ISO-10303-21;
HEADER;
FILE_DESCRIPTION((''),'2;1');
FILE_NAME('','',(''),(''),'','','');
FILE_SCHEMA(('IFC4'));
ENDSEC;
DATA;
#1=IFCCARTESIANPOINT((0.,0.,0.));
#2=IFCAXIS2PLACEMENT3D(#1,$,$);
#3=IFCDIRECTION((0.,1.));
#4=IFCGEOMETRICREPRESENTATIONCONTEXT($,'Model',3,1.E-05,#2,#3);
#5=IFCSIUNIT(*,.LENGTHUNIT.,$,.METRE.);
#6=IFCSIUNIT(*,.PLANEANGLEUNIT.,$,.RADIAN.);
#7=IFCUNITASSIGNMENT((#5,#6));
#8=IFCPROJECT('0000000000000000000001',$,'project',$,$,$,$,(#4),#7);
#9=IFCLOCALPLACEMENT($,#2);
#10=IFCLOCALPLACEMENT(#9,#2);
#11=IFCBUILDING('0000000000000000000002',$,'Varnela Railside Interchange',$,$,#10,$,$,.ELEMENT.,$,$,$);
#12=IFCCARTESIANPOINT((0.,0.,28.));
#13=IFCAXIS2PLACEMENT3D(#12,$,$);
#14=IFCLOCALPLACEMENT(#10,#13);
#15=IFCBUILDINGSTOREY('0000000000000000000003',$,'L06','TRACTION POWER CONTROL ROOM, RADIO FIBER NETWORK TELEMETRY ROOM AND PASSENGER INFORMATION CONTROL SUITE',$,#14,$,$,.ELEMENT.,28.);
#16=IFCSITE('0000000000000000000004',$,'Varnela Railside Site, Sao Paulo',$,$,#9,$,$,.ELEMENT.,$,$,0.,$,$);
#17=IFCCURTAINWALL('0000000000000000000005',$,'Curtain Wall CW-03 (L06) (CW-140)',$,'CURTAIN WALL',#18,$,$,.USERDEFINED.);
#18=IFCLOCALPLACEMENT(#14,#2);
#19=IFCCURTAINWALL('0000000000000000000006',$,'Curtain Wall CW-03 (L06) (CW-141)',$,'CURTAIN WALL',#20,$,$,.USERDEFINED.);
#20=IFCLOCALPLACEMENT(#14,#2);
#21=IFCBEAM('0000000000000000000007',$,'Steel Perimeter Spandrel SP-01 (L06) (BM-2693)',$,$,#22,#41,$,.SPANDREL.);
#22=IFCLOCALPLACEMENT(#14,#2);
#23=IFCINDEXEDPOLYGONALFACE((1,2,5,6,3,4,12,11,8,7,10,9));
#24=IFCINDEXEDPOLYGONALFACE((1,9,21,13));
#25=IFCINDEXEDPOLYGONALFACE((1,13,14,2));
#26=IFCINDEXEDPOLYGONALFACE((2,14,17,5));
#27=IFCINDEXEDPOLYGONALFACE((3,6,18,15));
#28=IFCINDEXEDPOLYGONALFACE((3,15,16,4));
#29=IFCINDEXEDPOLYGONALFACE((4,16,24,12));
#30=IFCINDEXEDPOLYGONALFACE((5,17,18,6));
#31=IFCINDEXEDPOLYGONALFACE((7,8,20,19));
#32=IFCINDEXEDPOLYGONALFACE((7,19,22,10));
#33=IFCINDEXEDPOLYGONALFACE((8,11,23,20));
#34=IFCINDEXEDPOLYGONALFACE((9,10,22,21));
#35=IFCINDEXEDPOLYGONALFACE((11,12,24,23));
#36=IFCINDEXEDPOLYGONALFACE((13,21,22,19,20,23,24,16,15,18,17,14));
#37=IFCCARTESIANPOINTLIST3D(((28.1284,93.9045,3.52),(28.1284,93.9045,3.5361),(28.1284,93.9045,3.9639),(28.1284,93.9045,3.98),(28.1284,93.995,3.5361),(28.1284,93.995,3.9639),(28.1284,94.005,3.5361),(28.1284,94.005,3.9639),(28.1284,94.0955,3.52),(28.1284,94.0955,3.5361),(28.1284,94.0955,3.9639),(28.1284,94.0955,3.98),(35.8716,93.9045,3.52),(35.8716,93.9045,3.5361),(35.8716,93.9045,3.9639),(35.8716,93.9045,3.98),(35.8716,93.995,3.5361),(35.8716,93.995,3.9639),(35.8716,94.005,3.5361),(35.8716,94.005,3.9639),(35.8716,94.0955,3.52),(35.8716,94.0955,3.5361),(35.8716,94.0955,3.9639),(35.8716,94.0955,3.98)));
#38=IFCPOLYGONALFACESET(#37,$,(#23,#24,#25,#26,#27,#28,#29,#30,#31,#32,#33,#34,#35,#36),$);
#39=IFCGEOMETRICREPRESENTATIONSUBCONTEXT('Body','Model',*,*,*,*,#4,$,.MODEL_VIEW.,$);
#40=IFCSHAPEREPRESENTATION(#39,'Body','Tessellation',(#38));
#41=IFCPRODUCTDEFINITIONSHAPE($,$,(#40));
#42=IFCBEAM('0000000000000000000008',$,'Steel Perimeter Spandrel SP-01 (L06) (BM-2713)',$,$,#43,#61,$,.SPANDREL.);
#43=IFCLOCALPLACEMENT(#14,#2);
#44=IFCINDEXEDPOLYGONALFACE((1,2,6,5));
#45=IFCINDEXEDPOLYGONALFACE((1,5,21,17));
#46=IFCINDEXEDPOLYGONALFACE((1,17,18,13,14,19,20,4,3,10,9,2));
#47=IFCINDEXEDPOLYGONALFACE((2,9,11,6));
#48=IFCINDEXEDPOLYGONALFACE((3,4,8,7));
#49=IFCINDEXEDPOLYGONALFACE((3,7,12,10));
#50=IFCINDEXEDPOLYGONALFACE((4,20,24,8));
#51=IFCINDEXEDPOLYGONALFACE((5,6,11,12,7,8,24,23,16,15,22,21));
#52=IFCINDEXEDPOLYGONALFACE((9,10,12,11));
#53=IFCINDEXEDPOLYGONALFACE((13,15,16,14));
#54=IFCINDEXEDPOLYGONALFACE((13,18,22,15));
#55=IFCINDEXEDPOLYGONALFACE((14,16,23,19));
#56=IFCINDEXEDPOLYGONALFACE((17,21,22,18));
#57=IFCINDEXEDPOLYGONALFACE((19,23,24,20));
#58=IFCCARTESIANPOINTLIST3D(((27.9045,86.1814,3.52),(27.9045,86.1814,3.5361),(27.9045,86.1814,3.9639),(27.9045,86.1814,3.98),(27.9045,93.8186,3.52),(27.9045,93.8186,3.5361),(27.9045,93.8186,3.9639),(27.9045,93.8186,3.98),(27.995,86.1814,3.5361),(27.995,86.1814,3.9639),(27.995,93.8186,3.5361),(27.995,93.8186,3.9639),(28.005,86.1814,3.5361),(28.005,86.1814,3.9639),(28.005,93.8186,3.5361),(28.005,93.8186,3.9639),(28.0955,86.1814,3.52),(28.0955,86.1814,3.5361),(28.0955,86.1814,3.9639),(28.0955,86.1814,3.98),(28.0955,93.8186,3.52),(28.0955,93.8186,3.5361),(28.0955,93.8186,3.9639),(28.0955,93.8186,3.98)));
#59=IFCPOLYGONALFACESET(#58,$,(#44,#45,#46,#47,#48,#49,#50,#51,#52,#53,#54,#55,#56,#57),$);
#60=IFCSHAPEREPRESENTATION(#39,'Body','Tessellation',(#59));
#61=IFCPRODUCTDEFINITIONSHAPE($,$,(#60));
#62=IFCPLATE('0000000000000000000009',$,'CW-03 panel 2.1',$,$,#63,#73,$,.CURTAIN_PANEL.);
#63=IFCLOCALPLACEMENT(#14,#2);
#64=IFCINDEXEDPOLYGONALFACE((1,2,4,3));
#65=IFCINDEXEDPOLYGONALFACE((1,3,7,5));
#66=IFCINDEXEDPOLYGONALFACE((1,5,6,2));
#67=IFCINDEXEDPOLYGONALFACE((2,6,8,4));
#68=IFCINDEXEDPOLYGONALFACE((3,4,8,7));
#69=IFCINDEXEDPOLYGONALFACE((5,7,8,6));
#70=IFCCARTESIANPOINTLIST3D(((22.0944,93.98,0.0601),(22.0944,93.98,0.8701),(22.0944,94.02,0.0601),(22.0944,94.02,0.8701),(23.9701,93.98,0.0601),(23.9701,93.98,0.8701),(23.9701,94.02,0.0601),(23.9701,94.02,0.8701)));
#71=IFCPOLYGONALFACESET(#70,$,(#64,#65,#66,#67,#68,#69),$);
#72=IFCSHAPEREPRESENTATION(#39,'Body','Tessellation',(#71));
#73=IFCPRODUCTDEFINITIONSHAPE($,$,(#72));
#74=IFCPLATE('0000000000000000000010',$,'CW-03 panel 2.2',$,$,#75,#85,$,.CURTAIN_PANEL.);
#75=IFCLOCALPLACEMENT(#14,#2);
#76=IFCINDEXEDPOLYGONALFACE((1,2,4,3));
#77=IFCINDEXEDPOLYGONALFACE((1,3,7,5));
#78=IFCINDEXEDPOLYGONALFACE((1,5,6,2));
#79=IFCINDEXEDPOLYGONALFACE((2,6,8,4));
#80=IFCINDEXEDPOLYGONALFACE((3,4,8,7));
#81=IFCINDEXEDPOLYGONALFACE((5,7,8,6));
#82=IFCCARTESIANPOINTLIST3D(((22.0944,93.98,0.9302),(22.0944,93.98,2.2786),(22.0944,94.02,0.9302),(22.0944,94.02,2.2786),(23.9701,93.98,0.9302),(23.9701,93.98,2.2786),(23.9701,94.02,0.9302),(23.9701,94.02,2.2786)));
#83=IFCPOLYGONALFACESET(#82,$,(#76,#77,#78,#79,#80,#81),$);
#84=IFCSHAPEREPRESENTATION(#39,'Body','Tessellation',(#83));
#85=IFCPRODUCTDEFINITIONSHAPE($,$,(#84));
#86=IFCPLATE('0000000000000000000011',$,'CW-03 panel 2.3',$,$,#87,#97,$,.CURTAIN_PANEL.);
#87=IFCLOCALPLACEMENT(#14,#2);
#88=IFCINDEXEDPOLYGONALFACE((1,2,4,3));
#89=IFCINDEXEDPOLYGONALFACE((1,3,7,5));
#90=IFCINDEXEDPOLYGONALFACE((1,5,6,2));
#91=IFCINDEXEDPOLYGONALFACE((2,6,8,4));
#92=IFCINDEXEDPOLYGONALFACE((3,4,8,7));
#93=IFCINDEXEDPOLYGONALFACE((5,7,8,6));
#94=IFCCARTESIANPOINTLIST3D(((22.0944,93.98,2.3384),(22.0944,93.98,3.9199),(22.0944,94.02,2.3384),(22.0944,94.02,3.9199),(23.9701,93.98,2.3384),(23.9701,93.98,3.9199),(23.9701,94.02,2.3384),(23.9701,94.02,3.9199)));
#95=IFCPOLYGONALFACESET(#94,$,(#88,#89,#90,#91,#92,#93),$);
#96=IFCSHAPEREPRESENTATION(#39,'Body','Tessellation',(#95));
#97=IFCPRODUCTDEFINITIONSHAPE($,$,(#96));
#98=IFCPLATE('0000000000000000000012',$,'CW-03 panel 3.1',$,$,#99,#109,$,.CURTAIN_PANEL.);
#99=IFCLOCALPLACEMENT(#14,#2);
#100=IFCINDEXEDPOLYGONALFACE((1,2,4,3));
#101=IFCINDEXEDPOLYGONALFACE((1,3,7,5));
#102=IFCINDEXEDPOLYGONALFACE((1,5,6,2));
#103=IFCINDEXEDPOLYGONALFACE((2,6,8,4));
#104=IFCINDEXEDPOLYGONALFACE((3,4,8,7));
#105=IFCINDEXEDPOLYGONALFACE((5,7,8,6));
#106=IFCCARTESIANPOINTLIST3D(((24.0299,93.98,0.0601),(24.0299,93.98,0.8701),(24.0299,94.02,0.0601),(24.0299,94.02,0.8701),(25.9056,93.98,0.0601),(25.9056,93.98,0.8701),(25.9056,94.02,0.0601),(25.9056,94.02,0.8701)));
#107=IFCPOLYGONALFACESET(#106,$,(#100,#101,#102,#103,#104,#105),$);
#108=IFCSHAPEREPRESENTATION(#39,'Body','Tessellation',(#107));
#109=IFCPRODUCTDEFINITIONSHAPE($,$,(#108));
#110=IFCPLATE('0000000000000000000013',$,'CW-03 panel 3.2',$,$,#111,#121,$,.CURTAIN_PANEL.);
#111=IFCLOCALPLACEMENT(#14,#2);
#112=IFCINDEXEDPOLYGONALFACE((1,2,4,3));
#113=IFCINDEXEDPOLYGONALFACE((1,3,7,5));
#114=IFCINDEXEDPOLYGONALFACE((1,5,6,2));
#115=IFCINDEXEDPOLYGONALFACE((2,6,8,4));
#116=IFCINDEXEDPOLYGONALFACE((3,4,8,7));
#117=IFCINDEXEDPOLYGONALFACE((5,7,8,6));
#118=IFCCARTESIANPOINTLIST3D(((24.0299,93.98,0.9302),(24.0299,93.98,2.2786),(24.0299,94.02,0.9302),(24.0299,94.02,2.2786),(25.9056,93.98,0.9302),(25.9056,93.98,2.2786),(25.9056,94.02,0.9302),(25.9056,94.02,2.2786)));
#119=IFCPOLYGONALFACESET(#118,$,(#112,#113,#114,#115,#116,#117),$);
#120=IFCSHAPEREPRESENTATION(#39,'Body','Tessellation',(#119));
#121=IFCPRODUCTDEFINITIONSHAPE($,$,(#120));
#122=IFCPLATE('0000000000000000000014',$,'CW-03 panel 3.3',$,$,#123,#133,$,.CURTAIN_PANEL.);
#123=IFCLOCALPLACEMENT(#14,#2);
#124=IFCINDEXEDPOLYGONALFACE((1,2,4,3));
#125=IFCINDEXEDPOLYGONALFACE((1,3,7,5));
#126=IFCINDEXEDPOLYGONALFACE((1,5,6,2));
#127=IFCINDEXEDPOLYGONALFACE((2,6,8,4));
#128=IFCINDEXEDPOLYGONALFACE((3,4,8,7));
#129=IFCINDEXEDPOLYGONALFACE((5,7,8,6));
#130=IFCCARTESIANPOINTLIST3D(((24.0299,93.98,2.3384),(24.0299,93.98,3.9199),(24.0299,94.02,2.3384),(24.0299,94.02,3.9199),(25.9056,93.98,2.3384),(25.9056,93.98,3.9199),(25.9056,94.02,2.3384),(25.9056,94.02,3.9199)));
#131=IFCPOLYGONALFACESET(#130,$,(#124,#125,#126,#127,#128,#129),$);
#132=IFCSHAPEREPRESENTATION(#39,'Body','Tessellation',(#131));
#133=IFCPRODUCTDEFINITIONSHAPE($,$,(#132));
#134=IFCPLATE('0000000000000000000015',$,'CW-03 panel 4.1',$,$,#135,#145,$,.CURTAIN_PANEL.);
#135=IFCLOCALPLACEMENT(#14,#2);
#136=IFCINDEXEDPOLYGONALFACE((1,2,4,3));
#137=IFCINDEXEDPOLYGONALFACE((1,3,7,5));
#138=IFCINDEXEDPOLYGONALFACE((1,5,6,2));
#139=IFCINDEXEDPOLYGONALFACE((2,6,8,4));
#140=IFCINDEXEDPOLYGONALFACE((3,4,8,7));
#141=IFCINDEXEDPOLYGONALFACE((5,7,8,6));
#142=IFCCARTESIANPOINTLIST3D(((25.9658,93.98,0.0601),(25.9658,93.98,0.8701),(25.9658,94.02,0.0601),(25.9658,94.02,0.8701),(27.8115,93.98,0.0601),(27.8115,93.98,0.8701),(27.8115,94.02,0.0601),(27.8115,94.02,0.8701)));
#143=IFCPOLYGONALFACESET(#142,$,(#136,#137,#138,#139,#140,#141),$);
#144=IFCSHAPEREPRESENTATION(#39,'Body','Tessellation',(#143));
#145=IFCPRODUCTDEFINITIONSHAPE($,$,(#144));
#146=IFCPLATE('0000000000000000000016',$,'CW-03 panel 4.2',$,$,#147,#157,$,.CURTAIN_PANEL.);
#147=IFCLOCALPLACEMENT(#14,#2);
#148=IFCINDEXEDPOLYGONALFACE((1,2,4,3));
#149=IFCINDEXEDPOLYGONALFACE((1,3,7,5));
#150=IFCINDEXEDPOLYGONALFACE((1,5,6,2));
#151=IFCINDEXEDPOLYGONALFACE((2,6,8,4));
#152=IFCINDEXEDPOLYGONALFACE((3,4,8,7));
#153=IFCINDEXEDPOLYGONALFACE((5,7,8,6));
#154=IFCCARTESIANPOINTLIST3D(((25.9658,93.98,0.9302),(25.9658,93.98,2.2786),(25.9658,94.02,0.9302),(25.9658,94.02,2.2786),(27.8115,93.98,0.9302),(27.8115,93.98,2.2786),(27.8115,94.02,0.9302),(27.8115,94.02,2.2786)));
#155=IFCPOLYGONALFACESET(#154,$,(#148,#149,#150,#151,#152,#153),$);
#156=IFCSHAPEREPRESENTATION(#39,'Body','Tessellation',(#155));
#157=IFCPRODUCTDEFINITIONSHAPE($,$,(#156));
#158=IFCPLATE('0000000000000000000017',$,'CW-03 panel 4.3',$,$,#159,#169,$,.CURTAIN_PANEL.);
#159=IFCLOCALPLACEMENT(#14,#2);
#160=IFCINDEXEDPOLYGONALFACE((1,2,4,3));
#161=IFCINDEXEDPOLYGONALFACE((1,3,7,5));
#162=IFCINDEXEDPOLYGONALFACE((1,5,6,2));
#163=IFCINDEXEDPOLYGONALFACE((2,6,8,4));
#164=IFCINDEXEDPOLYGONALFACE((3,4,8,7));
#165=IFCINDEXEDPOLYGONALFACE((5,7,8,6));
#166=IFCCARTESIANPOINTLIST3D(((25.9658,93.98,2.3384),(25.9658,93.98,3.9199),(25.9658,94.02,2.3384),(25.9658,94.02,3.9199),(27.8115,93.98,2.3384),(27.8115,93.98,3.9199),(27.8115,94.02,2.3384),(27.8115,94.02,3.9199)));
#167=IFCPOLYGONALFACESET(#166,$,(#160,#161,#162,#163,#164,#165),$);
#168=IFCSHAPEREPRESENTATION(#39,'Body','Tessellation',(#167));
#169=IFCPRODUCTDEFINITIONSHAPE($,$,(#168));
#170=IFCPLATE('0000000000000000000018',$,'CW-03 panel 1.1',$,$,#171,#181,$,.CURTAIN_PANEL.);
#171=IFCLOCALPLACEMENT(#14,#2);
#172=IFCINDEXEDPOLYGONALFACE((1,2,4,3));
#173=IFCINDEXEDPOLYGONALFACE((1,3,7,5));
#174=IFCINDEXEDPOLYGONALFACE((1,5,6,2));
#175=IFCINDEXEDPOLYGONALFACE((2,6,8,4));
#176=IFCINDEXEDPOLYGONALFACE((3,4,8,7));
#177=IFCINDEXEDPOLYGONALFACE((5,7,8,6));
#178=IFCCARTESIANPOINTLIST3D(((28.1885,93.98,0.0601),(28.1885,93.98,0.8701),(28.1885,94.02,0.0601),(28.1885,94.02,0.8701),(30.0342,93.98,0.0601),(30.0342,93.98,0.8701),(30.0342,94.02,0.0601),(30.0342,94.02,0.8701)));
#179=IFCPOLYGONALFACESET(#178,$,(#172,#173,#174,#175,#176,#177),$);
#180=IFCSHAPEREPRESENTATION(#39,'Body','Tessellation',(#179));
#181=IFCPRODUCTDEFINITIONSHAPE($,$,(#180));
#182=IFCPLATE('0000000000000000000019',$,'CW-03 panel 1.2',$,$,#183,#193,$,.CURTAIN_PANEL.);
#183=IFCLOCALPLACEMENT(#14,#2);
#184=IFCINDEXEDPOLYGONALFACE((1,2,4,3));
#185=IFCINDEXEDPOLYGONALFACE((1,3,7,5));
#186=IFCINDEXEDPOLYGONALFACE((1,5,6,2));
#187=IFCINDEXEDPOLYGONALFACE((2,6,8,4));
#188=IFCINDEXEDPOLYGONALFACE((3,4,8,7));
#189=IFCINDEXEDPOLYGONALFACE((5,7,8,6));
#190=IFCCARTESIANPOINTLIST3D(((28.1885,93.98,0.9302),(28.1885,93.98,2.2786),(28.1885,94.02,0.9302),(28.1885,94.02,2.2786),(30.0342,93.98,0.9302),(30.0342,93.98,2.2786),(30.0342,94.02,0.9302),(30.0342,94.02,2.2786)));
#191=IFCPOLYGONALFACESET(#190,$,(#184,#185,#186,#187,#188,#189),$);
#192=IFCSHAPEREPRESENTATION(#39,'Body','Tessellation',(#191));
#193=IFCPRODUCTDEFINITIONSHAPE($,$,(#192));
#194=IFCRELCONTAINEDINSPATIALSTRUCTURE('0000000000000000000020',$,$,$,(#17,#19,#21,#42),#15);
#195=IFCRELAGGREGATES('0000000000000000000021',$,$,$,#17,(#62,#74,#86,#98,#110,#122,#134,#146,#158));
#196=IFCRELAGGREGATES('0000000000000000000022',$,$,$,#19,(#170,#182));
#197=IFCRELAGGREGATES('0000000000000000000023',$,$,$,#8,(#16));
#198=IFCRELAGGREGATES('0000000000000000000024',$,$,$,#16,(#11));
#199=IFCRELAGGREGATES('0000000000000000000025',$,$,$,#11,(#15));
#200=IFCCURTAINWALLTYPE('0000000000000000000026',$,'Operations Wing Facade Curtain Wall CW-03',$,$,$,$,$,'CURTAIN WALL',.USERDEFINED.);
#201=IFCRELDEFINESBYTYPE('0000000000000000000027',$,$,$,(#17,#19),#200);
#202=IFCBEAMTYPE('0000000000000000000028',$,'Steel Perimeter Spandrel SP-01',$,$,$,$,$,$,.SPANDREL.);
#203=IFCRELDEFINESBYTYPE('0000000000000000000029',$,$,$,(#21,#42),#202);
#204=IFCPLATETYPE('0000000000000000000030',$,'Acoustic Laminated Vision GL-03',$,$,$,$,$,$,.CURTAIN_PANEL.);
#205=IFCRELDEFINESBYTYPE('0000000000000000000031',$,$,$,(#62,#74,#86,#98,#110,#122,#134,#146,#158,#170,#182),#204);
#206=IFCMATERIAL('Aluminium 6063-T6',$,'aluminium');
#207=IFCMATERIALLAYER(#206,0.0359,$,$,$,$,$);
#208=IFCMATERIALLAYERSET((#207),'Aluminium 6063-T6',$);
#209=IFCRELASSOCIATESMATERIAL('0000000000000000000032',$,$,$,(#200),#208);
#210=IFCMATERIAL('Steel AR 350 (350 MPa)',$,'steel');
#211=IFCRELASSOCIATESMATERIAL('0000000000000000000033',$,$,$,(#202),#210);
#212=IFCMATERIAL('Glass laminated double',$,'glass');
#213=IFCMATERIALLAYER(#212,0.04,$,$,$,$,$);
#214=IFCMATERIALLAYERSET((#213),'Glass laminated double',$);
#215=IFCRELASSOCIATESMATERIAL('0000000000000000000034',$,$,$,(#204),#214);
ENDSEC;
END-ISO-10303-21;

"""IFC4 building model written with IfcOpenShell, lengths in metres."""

from ifc_helpers import new_model, si_unit, direction, frame, origin, origin_2d, place, context, subcontext, project, spatial, rectangle, i_section, extrude, material, layer, layer_set, material_profile, profile_set, type_object, element, aggregate, save


model = new_model("IFC4")

# Units and contexts
model_context = context("Model", 3, precision=1e-05, world=origin(), true_north=direction((0.0, 1.0)))
body_context = subcontext(model_context, "Body", "Model", "MODEL_VIEW")
ifc_project = project(units=[si_unit("LENGTHUNIT", "METRE"), si_unit("PLANEANGLEUNIT", "RADIAN")], contexts=[model_context])

# Site, building, storey
site_placement = place(None, origin())
site = spatial("IfcSite", under=ifc_project, at=site_placement, Name="Varnela Railside Site, Sao Paulo", CompositionType="ELEMENT", RefElevation=0.0)
building_placement = place(site_placement, origin())
building = spatial("IfcBuilding", under=site, at=building_placement, Name="Varnela Railside Interchange", CompositionType="ELEMENT")
storey_placement = place(building_placement, frame((0.0, 0.0, 28.0)))
storey = spatial("IfcBuildingStorey", under=building, at=storey_placement, Name="L06", Description="TRACTION POWER CONTROL ROOM, RADIO FIBER NETWORK TELEMETRY ROOM AND PASSENGER INFORMATION CONTROL SUITE", CompositionType="ELEMENT", Elevation=28.0)

# Shared definitions
ifc_material_1 = material(Name="Steel AR 350 (350 MPa)", Category="steel")

# Curtain wall
ifc_material_2 = material(Name="Aluminium 6063-T6", Category="aluminium")
ifc_layer_1 = layer(ifc_material_2, 0.0359)
ifc_layer_set_1 = layer_set([ifc_layer_1], Name="Aluminium 6063-T6")
curtain_wall_type = type_object("IfcCurtainWallType", Name="Operations Wing Facade Curtain Wall CW-03", ElementType="CURTAIN WALL", PredefinedType="USERDEFINED", material=ifc_layer_set_1)
curtain_wall_1_placement = place(storey_placement, origin())
curtain_wall_1 = element("IfcCurtainWall", 1, at=curtain_wall_1_placement, inside=storey, type_object=curtain_wall_type, Name="Curtain Wall CW-03 (L06) (CW-140)", ObjectType="CURTAIN WALL", PredefinedType="USERDEFINED")

# Curtain wall
curtain_wall_2_placement = place(storey_placement, origin())
curtain_wall_2 = element("IfcCurtainWall", 2, at=curtain_wall_2_placement, inside=storey, type_object=curtain_wall_type, Name="Curtain Wall CW-03 (L06) (CW-141)", ObjectType="CURTAIN WALL", PredefinedType="USERDEFINED")

# Beams
ifc_material_profile_1 = material_profile(ifc_material_1, i_section(OverallWidth=0.1909, OverallDepth=0.46, WebThickness=0.01, FlangeThickness=0.0161, at=origin_2d()), Name="W460x82")
ifc_profile_set_1 = profile_set([ifc_material_profile_1], Name="Steel AR 350 (350 MPa)")
beam_type_1 = type_object("IfcBeamType", Name="Steel Perimeter Spandrel SP-01", PredefinedType="SPANDREL", material=ifc_profile_set_1)
for number, where, z_axis, x_axis, name in (
    (3, (28.1284, 94.0, 3.75), (1.0, 0.0, 0.0), (0.0, 1.0, 0.0), "Steel Perimeter Spandrel SP-01 (L06) (BM-2693)"),
):
    element("IfcBeam", number, at=place(storey_placement, frame(where, z_axis=z_axis, x_axis=x_axis)), inside=storey, type_object=beam_type_1, Name=name, PredefinedType="SPANDREL", context=body_context, shape_type="SweptSolid", body=[
        extrude(i_section(OverallWidth=0.1909, OverallDepth=0.46, WebThickness=0.01, FlangeThickness=0.0161, at=origin_2d()), origin(), (0.0, 0.0, 1.0), 7.7432),
    ])
beam_placement = place(storey_placement, frame((28.0, 86.1814, 3.75), z_axis=(0.0, 1.0, 0.0), x_axis=(-1.0, 0.0, 0.0)))
element("IfcBeam", 4, at=beam_placement, inside=storey, type_object=beam_type_1, Name="Steel Perimeter Spandrel SP-01 (L06) (BM-2713)", PredefinedType="SPANDREL", context=body_context, shape_type="SweptSolid", body=[
    extrude(i_section(OverallWidth=0.1909, OverallDepth=0.46, WebThickness=0.01, FlangeThickness=0.0161, at=origin_2d()), origin(), (0.0, 0.0, 1.0), 7.6372),
])

# Plates
ifc_material_3 = material(Name="Glass laminated double", Category="glass")
ifc_layer_2 = layer(ifc_material_3, 0.04)
ifc_layer_set_2 = layer_set([ifc_layer_2], Name="Glass laminated double")
plate_type = type_object("IfcPlateType", Name="Acoustic Laminated Vision GL-03", PredefinedType="CURTAIN_PANEL", material=ifc_layer_set_2)
plate_1_placement = place(storey_placement, frame((23.0322, 94.0, 0.0601), z_axis=(0.0, 0.0, 1.0), x_axis=(1.0, 0.0, 0.0)))
plate_1 = element("IfcPlate", 5, at=plate_1_placement, type_object=plate_type, Name="CW-03 panel 2.1", PredefinedType="CURTAIN_PANEL", context=body_context, shape_type="SweptSolid", body=[
    extrude(rectangle(XDim=1.8757, YDim=0.04, at=origin_2d()), origin(), (0.0, 0.0, 1.0), 0.8101),
])
plate_2_placement = place(storey_placement, frame((23.0322, 94.0, 0.9302), z_axis=(0.0, 0.0, 1.0), x_axis=(1.0, 0.0, 0.0)))
plate_2 = element("IfcPlate", 6, at=plate_2_placement, type_object=plate_type, Name="CW-03 panel 2.2", PredefinedType="CURTAIN_PANEL", context=body_context, shape_type="SweptSolid", body=[
    extrude(rectangle(XDim=1.8757, YDim=0.04, at=origin_2d()), origin(), (0.0, 0.0, 1.0), 1.3484),
])
plate_3_placement = place(storey_placement, frame((23.0322, 94.0, 2.3384), z_axis=(0.0, 0.0, 1.0), x_axis=(1.0, 0.0, 0.0)))
plate_3 = element("IfcPlate", 7, at=plate_3_placement, type_object=plate_type, Name="CW-03 panel 2.3", PredefinedType="CURTAIN_PANEL", context=body_context, shape_type="SweptSolid", body=[
    extrude(rectangle(XDim=1.8757, YDim=0.04, at=origin_2d()), origin(), (0.0, 0.0, 1.0), 1.5815),
])
plate_4_placement = place(storey_placement, frame((24.9678, 94.0, 0.0601), z_axis=(0.0, 0.0, 1.0), x_axis=(1.0, 0.0, 0.0)))
plate_4 = element("IfcPlate", 8, at=plate_4_placement, type_object=plate_type, Name="CW-03 panel 3.1", PredefinedType="CURTAIN_PANEL", context=body_context, shape_type="SweptSolid", body=[
    extrude(rectangle(XDim=1.8757, YDim=0.04, at=origin_2d()), origin(), (0.0, 0.0, 1.0), 0.8101),
])
plate_5_placement = place(storey_placement, frame((24.9678, 94.0, 0.9302), z_axis=(0.0, 0.0, 1.0), x_axis=(1.0, 0.0, 0.0)))
plate_5 = element("IfcPlate", 9, at=plate_5_placement, type_object=plate_type, Name="CW-03 panel 3.2", PredefinedType="CURTAIN_PANEL", context=body_context, shape_type="SweptSolid", body=[
    extrude(rectangle(XDim=1.8757, YDim=0.04, at=origin_2d()), origin(), (0.0, 0.0, 1.0), 1.3484),
])
plate_6_placement = place(storey_placement, frame((24.9678, 94.0, 2.3384), z_axis=(0.0, 0.0, 1.0), x_axis=(1.0, 0.0, 0.0)))
plate_6 = element("IfcPlate", 10, at=plate_6_placement, type_object=plate_type, Name="CW-03 panel 3.3", PredefinedType="CURTAIN_PANEL", context=body_context, shape_type="SweptSolid", body=[
    extrude(rectangle(XDim=1.8757, YDim=0.04, at=origin_2d()), origin(), (0.0, 0.0, 1.0), 1.5815),
])
plate_7_placement = place(storey_placement, frame((26.8887, 94.0, 0.0601), z_axis=(0.0, 0.0, 1.0), x_axis=(1.0, 0.0, 0.0)))
plate_7 = element("IfcPlate", 11, at=plate_7_placement, type_object=plate_type, Name="CW-03 panel 4.1", PredefinedType="CURTAIN_PANEL", context=body_context, shape_type="SweptSolid", body=[
    extrude(rectangle(XDim=1.8457, YDim=0.04, at=origin_2d()), origin(), (0.0, 0.0, 1.0), 0.8101),
])
plate_8_placement = place(storey_placement, frame((26.8887, 94.0, 0.9302), z_axis=(0.0, 0.0, 1.0), x_axis=(1.0, 0.0, 0.0)))
plate_8 = element("IfcPlate", 12, at=plate_8_placement, type_object=plate_type, Name="CW-03 panel 4.2", PredefinedType="CURTAIN_PANEL", context=body_context, shape_type="SweptSolid", body=[
    extrude(rectangle(XDim=1.8457, YDim=0.04, at=origin_2d()), origin(), (0.0, 0.0, 1.0), 1.3484),
])
plate_9_placement = place(storey_placement, frame((26.8887, 94.0, 2.3384), z_axis=(0.0, 0.0, 1.0), x_axis=(1.0, 0.0, 0.0)))
plate_9 = element("IfcPlate", 13, at=plate_9_placement, type_object=plate_type, Name="CW-03 panel 4.3", PredefinedType="CURTAIN_PANEL", context=body_context, shape_type="SweptSolid", body=[
    extrude(rectangle(XDim=1.8457, YDim=0.04, at=origin_2d()), origin(), (0.0, 0.0, 1.0), 1.5815),
])
aggregate(curtain_wall_1, [plate_1, plate_2, plate_3, plate_4, plate_5, plate_6, plate_7, plate_8, plate_9])
plate_10_placement = place(storey_placement, frame((29.1113, 94.0, 0.0601), z_axis=(0.0, 0.0, 1.0), x_axis=(1.0, 0.0, 0.0)))
plate_10 = element("IfcPlate", 14, at=plate_10_placement, type_object=plate_type, Name="CW-03 panel 1.1", PredefinedType="CURTAIN_PANEL", context=body_context, shape_type="SweptSolid", body=[
    extrude(rectangle(XDim=1.8457, YDim=0.04, at=origin_2d()), origin(), (0.0, 0.0, 1.0), 0.8101),
])
plate_11_placement = place(storey_placement, frame((29.1113, 94.0, 0.9302), z_axis=(0.0, 0.0, 1.0), x_axis=(1.0, 0.0, 0.0)))
plate_11 = element("IfcPlate", 15, at=plate_11_placement, type_object=plate_type, Name="CW-03 panel 1.2", PredefinedType="CURTAIN_PANEL", context=body_context, shape_type="SweptSolid", body=[
    extrude(rectangle(XDim=1.8457, YDim=0.04, at=origin_2d()), origin(), (0.0, 0.0, 1.0), 1.3484),
])
aggregate(curtain_wall_2, [plate_10, plate_11])

save(model, "model.ifc")
